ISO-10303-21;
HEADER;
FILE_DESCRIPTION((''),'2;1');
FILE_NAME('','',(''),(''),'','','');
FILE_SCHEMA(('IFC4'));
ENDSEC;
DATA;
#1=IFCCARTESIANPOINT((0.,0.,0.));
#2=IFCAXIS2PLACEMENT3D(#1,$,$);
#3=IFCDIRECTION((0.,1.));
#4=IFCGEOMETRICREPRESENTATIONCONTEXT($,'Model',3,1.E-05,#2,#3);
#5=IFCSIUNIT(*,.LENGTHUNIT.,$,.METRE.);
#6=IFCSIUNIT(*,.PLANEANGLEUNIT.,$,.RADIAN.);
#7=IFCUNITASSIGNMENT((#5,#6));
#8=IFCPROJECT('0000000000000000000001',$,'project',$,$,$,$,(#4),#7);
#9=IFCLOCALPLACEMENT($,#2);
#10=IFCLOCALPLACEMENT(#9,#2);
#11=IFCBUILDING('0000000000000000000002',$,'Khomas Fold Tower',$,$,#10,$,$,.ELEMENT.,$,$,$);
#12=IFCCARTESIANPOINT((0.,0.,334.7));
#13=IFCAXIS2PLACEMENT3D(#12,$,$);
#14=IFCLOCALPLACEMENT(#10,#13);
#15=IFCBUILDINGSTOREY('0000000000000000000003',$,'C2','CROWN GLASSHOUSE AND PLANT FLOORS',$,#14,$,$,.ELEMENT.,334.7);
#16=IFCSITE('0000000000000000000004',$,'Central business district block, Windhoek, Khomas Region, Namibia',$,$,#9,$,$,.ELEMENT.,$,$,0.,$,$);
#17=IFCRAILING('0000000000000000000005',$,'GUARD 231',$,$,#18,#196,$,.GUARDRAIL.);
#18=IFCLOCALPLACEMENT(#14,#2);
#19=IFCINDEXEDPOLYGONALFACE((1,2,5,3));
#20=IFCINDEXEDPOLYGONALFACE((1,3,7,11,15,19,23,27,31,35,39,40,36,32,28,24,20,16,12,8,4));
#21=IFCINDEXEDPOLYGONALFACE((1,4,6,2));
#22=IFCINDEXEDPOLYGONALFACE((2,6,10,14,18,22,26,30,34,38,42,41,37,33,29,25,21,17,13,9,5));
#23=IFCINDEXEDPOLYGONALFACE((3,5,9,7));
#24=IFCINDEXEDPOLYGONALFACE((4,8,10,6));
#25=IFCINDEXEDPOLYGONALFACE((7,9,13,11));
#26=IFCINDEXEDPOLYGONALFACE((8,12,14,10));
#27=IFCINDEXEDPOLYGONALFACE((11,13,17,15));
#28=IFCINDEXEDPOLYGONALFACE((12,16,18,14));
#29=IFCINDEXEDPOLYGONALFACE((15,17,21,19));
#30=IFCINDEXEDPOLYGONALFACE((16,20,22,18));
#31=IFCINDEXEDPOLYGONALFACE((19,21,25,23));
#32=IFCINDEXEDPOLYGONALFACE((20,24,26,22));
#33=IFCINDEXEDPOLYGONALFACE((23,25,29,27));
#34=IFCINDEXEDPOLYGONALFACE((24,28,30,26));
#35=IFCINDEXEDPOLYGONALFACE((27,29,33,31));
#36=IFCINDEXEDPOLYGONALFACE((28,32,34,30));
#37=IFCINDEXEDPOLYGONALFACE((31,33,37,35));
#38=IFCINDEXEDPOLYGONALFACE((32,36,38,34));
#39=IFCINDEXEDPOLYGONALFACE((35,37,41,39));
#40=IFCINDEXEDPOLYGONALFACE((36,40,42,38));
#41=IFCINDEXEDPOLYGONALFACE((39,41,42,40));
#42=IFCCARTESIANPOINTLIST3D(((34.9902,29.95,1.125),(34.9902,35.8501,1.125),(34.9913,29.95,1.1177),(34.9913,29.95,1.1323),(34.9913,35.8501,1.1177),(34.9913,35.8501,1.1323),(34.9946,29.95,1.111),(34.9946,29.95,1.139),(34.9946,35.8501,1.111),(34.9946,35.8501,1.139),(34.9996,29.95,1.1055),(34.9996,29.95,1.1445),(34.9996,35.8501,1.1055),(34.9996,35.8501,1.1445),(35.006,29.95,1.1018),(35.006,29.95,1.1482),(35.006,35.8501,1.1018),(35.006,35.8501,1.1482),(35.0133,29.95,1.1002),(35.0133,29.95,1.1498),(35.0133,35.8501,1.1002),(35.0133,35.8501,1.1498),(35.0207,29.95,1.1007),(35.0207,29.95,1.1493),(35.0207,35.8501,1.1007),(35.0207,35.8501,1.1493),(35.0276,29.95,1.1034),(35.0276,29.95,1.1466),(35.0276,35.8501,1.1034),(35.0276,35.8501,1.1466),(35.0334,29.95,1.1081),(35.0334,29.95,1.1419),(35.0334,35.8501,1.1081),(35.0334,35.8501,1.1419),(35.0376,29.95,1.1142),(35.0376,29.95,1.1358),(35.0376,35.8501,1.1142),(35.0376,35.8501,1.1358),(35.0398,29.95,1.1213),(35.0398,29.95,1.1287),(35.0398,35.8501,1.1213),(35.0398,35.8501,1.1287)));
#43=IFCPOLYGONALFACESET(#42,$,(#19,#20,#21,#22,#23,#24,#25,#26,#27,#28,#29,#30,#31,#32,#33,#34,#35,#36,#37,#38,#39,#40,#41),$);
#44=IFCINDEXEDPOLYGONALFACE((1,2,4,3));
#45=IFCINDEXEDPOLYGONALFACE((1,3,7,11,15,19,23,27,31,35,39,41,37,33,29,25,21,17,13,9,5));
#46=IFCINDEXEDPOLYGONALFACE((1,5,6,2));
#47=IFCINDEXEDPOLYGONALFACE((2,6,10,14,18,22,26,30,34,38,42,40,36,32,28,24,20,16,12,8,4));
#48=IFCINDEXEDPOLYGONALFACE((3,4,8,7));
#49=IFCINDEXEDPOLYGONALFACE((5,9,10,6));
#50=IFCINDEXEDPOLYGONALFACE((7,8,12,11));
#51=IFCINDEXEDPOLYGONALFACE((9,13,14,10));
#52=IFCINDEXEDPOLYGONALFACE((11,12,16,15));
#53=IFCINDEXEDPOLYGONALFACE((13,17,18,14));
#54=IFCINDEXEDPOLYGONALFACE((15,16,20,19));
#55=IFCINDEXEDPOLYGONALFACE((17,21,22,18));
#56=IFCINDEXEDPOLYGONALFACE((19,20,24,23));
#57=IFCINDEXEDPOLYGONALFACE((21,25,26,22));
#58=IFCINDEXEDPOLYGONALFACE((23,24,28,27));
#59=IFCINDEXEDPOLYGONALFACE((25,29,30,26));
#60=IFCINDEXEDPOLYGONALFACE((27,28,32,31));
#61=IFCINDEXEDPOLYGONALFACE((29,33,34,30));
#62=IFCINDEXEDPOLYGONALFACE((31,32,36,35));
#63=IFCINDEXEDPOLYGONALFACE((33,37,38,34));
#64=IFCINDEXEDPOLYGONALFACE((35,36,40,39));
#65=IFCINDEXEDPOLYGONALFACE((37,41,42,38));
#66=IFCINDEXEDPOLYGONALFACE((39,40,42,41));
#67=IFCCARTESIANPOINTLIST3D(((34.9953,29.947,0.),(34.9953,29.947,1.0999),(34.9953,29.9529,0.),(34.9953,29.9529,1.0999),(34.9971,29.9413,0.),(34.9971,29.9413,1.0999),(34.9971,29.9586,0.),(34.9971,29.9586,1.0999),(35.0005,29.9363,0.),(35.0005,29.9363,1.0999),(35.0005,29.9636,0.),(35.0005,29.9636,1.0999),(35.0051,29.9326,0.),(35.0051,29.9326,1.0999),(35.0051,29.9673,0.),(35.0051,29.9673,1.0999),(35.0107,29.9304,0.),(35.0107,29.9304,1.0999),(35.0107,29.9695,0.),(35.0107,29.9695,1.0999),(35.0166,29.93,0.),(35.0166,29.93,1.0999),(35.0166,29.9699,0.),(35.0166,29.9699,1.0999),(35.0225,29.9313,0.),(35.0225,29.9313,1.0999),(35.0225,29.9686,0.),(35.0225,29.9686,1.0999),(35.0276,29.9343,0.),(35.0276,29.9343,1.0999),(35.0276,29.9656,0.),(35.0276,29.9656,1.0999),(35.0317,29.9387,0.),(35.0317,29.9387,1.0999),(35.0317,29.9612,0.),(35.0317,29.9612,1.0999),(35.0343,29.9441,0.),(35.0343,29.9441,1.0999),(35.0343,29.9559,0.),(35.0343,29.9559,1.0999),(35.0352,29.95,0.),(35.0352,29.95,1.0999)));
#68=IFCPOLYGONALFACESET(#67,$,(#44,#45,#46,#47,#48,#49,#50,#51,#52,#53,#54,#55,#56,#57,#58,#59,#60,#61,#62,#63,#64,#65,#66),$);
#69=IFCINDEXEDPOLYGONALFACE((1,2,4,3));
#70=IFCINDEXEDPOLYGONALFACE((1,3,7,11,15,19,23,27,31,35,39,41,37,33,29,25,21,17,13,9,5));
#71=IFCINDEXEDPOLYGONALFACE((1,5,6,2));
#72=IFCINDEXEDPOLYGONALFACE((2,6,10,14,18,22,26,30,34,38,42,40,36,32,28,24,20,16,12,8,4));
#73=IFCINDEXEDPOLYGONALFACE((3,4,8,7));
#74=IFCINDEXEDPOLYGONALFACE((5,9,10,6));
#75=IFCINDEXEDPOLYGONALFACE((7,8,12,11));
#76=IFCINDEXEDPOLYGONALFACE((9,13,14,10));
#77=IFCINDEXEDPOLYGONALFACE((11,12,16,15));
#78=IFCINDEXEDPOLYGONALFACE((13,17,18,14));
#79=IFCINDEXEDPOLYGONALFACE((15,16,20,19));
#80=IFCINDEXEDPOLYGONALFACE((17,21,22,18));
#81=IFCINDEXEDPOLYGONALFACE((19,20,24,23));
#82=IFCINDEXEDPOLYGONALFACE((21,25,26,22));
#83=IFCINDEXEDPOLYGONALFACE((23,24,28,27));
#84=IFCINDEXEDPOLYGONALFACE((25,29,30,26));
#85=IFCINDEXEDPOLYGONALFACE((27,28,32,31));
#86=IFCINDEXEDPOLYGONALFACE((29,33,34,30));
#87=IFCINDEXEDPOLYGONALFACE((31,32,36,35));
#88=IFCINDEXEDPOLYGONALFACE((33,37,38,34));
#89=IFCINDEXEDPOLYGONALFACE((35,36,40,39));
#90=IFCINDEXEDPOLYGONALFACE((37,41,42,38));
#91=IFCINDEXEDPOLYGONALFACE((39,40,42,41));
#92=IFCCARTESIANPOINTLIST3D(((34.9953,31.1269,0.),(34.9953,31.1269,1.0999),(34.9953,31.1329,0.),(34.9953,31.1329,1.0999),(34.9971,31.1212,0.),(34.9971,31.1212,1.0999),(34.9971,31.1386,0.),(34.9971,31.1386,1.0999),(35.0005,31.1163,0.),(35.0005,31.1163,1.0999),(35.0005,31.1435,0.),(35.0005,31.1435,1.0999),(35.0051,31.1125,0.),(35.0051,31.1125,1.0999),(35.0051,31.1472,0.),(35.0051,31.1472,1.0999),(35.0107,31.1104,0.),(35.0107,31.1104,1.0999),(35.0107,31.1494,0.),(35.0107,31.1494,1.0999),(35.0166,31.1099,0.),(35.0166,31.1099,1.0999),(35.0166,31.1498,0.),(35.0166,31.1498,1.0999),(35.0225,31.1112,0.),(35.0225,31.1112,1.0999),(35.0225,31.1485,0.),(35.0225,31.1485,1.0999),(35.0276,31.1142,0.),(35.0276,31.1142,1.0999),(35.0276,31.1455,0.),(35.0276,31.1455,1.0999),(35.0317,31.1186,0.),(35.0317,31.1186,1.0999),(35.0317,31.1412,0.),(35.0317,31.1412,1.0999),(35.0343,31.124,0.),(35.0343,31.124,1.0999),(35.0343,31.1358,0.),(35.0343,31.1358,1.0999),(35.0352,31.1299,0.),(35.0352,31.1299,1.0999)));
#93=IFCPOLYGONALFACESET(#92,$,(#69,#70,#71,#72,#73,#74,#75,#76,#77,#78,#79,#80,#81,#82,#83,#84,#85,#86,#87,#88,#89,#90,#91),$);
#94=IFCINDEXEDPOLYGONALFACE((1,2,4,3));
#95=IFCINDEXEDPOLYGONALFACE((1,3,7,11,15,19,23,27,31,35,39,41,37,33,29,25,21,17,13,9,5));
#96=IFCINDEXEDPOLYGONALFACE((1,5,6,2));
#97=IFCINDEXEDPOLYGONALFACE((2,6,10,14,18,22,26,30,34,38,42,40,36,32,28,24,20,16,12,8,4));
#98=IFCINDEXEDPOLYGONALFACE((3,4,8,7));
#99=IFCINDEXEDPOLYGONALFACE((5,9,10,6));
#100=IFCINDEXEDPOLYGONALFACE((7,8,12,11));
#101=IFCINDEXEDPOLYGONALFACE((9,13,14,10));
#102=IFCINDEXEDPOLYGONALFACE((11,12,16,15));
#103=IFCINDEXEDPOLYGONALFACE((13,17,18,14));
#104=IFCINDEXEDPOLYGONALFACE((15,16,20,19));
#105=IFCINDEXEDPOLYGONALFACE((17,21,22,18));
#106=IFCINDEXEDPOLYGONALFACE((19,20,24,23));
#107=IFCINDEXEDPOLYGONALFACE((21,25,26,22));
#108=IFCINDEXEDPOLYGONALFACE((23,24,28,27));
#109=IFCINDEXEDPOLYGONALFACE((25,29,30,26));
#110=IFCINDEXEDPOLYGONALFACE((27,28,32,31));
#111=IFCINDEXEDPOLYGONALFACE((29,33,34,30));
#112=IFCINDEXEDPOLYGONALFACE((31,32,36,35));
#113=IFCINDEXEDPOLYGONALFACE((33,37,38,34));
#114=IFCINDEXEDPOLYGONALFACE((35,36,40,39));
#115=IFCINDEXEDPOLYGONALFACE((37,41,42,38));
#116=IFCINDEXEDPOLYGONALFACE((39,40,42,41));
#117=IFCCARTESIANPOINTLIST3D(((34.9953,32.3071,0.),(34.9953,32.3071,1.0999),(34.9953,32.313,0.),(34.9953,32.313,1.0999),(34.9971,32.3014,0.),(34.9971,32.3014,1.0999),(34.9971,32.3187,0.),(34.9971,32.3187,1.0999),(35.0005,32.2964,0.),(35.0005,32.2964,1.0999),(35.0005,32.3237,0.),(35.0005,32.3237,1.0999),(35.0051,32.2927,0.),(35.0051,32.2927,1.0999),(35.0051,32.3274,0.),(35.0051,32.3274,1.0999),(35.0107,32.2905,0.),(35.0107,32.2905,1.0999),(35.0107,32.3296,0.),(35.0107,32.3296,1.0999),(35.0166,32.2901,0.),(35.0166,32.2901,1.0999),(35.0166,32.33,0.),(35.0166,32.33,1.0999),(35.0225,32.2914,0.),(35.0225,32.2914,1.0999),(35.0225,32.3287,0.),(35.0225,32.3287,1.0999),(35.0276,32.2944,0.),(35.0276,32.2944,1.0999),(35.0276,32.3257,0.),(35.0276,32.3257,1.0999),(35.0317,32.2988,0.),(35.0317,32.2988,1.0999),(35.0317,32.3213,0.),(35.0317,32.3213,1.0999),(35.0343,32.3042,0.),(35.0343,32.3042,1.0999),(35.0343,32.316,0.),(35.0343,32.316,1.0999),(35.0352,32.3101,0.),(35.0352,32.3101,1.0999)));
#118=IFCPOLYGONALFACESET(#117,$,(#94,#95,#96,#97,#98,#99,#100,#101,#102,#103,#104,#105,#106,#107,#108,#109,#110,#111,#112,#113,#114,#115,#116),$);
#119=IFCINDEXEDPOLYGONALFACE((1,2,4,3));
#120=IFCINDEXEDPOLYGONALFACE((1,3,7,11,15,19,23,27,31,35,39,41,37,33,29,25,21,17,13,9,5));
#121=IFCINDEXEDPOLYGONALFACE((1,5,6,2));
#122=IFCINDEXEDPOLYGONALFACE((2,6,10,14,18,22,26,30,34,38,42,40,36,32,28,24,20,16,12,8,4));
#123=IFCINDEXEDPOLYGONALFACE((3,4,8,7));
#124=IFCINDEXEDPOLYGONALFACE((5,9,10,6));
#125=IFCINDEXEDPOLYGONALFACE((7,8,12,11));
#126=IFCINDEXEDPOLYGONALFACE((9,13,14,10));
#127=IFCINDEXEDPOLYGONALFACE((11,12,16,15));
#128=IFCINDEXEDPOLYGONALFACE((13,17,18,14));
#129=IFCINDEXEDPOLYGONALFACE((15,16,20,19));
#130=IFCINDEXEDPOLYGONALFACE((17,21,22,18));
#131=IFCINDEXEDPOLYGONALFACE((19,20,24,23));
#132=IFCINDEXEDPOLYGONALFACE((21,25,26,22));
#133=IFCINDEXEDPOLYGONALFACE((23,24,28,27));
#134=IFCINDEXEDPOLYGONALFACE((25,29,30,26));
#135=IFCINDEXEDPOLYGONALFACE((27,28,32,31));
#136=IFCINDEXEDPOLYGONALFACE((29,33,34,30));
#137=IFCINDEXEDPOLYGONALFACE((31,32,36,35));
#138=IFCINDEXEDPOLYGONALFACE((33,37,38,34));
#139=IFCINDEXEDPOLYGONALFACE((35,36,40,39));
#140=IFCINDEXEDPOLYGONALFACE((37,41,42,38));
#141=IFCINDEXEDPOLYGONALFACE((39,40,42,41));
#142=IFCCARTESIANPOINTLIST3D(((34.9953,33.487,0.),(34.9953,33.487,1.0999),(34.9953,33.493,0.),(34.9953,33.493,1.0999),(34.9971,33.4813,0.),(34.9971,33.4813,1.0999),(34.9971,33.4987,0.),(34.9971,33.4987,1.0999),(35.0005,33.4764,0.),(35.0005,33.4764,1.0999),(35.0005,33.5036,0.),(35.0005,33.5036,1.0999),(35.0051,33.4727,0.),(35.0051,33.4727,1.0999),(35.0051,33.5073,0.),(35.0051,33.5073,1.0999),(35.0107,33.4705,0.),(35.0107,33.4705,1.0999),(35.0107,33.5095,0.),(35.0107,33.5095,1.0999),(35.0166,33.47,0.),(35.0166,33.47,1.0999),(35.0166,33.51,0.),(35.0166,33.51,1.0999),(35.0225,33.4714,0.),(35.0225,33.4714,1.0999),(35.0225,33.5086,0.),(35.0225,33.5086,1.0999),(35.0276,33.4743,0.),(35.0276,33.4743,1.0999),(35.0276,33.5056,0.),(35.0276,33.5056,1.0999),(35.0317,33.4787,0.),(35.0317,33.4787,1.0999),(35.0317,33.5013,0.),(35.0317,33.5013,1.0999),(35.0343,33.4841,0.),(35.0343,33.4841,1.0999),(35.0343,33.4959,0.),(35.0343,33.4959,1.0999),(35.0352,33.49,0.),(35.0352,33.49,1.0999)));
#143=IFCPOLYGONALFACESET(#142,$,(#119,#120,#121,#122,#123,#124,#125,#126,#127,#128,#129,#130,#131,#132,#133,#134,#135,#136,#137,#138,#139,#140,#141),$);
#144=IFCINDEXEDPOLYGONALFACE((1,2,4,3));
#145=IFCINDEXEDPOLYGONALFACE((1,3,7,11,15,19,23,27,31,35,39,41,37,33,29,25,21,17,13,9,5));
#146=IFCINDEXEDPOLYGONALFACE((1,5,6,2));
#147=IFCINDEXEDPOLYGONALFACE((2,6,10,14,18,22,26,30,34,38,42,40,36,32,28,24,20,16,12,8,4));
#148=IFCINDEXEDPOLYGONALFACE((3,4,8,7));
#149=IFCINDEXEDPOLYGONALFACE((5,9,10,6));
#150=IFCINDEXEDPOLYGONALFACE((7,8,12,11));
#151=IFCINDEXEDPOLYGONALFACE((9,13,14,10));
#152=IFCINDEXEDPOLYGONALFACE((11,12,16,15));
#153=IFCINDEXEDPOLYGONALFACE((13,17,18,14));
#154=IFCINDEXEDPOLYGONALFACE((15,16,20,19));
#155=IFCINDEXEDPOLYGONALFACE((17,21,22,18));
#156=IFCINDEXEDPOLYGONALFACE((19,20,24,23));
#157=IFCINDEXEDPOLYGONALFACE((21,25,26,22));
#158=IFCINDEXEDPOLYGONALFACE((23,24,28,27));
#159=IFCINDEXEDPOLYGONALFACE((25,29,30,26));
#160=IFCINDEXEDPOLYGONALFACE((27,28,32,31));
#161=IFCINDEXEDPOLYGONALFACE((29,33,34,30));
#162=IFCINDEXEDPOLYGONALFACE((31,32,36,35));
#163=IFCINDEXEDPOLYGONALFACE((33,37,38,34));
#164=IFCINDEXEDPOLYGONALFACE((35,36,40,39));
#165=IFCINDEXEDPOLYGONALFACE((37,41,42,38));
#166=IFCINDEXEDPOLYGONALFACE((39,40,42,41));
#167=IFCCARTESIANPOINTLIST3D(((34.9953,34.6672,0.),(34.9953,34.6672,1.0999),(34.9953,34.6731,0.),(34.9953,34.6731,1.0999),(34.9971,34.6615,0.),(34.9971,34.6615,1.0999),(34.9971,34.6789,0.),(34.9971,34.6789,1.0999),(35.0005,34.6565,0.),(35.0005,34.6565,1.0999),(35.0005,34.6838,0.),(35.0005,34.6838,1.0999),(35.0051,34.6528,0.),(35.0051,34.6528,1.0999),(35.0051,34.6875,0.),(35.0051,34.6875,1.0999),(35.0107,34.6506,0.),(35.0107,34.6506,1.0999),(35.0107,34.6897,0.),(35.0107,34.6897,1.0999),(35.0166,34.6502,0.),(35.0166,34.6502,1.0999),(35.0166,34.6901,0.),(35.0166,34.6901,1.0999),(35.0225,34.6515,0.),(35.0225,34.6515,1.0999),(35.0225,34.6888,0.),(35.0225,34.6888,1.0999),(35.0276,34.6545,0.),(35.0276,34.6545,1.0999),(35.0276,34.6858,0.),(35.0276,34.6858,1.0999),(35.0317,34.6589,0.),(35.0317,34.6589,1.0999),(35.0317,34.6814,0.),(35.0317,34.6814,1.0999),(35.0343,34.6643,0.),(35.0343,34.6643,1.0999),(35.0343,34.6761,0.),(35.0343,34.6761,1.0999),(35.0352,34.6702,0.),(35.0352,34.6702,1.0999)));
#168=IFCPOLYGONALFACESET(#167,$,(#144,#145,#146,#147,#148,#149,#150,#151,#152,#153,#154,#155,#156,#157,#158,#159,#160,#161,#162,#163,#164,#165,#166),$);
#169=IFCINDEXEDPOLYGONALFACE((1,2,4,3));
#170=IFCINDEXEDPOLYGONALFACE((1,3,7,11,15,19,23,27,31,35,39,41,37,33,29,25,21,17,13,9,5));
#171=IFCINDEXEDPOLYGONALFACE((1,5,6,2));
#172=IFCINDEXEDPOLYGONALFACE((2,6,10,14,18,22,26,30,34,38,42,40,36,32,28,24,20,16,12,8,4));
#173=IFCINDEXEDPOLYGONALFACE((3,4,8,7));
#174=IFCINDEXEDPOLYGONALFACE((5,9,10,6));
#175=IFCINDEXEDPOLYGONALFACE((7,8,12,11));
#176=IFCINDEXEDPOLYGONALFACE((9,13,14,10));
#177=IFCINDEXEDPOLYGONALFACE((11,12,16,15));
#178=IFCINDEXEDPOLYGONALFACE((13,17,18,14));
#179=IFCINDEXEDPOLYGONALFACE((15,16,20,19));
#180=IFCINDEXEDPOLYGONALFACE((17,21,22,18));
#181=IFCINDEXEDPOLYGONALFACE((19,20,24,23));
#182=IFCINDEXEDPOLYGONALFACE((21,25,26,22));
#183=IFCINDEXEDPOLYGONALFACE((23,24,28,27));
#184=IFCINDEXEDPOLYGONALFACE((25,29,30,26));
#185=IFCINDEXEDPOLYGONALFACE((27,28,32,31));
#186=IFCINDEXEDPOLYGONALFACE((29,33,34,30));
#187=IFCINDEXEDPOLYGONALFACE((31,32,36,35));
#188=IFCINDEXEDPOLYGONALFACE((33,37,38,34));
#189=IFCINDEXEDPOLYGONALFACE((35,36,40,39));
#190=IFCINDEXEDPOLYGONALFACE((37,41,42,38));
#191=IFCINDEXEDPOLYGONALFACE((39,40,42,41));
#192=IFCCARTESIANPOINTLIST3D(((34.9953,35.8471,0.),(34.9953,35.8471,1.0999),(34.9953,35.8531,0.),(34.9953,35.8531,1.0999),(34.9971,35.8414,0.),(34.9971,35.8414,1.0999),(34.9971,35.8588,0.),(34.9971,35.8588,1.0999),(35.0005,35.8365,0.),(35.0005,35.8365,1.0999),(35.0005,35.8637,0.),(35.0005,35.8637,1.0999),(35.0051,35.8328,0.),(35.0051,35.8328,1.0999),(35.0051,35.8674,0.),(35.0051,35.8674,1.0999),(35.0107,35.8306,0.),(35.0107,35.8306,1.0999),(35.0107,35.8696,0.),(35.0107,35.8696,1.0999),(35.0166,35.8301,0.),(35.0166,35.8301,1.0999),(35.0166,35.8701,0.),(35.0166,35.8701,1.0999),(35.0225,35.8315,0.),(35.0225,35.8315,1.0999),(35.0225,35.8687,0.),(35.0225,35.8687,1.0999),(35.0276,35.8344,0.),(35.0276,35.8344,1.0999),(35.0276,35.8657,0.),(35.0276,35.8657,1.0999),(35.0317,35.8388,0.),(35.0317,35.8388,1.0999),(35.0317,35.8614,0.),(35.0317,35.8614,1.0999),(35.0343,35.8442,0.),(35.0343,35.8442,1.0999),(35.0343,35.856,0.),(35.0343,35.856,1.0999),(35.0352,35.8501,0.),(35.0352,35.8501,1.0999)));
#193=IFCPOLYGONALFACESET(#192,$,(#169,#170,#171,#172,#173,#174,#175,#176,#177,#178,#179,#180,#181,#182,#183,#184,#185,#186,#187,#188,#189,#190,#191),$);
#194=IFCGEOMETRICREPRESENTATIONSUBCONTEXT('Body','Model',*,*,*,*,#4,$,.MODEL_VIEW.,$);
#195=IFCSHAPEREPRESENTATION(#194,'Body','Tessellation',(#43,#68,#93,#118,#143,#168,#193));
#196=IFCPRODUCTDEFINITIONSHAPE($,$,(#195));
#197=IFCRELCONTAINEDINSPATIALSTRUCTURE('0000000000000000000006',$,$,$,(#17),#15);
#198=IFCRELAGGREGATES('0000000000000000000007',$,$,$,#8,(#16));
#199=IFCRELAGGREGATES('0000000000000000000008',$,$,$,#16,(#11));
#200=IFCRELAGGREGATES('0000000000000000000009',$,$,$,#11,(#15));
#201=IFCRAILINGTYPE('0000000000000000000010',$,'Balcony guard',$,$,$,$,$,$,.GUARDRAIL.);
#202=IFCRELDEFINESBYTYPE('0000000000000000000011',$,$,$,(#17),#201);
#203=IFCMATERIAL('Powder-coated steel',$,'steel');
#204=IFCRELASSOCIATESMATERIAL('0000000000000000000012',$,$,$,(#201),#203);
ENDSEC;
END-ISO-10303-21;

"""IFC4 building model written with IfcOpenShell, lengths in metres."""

from ifc_helpers import new_model, si_unit, direction, frame, origin, origin_2d, place, context, subcontext, project, spatial, circle, extrude, source, transform, mapped, material, type_object, element, save


model = new_model("IFC4")

# Units and contexts
model_context = context("Model", 3, precision=1e-05, world=origin(), true_north=direction((0.0, 1.0)))
body_context = subcontext(model_context, "Body", "Model", "MODEL_VIEW")
ifc_project = project(units=[si_unit("LENGTHUNIT", "METRE"), si_unit("PLANEANGLEUNIT", "RADIAN")], contexts=[model_context])

# Site, building, storey
site_placement = place(None, origin())
site = spatial("IfcSite", under=ifc_project, at=site_placement, Name="Central business district block, Windhoek, Khomas Region, Namibia", CompositionType="ELEMENT", RefElevation=0.0)
building_placement = place(site_placement, origin())
building = spatial("IfcBuilding", under=site, at=building_placement, Name="Khomas Fold Tower", CompositionType="ELEMENT")
storey_placement = place(building_placement, frame((0.0, 0.0, 334.7)))
storey = spatial("IfcBuildingStorey", under=building, at=storey_placement, Name="C2", Description="CROWN GLASSHOUSE AND PLANT FLOORS", CompositionType="ELEMENT", Elevation=334.7)

# Railing
ifc_material_1 = material(Name="Powder-coated steel", Category="steel")
railing_type_1 = type_object("IfcRailingType", Name="Balcony guard", PredefinedType="GUARDRAIL", material=ifc_material_1)
shared_shape_1 = source(origin(), body_context, "Body", "SweptSolid", [
    extrude(circle(Radius=0.0249, at=origin_2d()), frame((0.0, 0.0, 1.125), z_axis=(0.0, 1.0, 0.0), x_axis=(-1.0, 0.0, 0.0)), (0.0, 0.0, 1.0), 5.9001),
    extrude(circle(Radius=0.02, at=origin_2d()), origin(), (0.0, 0.0, 1.0), 1.0999),
    extrude(circle(Radius=0.02, at=origin_2d()), frame((0.0, 1.1799, 0.0)), (0.0, 0.0, 1.0), 1.0999),
    extrude(circle(Radius=0.02, at=origin_2d()), frame((0.0, 2.3601, 0.0)), (0.0, 0.0, 1.0), 1.0999),
    extrude(circle(Radius=0.02, at=origin_2d()), frame((0.0, 3.54, 0.0)), (0.0, 0.0, 1.0), 1.0999),
    extrude(circle(Radius=0.02, at=origin_2d()), frame((0.0, 4.7202, 0.0)), (0.0, 0.0, 1.0), 1.0999),
    extrude(circle(Radius=0.02, at=origin_2d()), frame((0.0, 5.9001, 0.0)), (0.0, 0.0, 1.0), 1.0999),
])
railing_1_placement = place(storey_placement, frame((35.0151, 29.95, 0.0)))
element("IfcRailing", 1, at=railing_1_placement, inside=storey, type_object=railing_type_1, Name="GUARD 231", PredefinedType="GUARDRAIL", context=body_context, shape_type="MappedRepresentation", body=[
    mapped(shared_shape_1, transform((0.0, 0.0, 0.0))),
])

save(model, "model.ifc")
